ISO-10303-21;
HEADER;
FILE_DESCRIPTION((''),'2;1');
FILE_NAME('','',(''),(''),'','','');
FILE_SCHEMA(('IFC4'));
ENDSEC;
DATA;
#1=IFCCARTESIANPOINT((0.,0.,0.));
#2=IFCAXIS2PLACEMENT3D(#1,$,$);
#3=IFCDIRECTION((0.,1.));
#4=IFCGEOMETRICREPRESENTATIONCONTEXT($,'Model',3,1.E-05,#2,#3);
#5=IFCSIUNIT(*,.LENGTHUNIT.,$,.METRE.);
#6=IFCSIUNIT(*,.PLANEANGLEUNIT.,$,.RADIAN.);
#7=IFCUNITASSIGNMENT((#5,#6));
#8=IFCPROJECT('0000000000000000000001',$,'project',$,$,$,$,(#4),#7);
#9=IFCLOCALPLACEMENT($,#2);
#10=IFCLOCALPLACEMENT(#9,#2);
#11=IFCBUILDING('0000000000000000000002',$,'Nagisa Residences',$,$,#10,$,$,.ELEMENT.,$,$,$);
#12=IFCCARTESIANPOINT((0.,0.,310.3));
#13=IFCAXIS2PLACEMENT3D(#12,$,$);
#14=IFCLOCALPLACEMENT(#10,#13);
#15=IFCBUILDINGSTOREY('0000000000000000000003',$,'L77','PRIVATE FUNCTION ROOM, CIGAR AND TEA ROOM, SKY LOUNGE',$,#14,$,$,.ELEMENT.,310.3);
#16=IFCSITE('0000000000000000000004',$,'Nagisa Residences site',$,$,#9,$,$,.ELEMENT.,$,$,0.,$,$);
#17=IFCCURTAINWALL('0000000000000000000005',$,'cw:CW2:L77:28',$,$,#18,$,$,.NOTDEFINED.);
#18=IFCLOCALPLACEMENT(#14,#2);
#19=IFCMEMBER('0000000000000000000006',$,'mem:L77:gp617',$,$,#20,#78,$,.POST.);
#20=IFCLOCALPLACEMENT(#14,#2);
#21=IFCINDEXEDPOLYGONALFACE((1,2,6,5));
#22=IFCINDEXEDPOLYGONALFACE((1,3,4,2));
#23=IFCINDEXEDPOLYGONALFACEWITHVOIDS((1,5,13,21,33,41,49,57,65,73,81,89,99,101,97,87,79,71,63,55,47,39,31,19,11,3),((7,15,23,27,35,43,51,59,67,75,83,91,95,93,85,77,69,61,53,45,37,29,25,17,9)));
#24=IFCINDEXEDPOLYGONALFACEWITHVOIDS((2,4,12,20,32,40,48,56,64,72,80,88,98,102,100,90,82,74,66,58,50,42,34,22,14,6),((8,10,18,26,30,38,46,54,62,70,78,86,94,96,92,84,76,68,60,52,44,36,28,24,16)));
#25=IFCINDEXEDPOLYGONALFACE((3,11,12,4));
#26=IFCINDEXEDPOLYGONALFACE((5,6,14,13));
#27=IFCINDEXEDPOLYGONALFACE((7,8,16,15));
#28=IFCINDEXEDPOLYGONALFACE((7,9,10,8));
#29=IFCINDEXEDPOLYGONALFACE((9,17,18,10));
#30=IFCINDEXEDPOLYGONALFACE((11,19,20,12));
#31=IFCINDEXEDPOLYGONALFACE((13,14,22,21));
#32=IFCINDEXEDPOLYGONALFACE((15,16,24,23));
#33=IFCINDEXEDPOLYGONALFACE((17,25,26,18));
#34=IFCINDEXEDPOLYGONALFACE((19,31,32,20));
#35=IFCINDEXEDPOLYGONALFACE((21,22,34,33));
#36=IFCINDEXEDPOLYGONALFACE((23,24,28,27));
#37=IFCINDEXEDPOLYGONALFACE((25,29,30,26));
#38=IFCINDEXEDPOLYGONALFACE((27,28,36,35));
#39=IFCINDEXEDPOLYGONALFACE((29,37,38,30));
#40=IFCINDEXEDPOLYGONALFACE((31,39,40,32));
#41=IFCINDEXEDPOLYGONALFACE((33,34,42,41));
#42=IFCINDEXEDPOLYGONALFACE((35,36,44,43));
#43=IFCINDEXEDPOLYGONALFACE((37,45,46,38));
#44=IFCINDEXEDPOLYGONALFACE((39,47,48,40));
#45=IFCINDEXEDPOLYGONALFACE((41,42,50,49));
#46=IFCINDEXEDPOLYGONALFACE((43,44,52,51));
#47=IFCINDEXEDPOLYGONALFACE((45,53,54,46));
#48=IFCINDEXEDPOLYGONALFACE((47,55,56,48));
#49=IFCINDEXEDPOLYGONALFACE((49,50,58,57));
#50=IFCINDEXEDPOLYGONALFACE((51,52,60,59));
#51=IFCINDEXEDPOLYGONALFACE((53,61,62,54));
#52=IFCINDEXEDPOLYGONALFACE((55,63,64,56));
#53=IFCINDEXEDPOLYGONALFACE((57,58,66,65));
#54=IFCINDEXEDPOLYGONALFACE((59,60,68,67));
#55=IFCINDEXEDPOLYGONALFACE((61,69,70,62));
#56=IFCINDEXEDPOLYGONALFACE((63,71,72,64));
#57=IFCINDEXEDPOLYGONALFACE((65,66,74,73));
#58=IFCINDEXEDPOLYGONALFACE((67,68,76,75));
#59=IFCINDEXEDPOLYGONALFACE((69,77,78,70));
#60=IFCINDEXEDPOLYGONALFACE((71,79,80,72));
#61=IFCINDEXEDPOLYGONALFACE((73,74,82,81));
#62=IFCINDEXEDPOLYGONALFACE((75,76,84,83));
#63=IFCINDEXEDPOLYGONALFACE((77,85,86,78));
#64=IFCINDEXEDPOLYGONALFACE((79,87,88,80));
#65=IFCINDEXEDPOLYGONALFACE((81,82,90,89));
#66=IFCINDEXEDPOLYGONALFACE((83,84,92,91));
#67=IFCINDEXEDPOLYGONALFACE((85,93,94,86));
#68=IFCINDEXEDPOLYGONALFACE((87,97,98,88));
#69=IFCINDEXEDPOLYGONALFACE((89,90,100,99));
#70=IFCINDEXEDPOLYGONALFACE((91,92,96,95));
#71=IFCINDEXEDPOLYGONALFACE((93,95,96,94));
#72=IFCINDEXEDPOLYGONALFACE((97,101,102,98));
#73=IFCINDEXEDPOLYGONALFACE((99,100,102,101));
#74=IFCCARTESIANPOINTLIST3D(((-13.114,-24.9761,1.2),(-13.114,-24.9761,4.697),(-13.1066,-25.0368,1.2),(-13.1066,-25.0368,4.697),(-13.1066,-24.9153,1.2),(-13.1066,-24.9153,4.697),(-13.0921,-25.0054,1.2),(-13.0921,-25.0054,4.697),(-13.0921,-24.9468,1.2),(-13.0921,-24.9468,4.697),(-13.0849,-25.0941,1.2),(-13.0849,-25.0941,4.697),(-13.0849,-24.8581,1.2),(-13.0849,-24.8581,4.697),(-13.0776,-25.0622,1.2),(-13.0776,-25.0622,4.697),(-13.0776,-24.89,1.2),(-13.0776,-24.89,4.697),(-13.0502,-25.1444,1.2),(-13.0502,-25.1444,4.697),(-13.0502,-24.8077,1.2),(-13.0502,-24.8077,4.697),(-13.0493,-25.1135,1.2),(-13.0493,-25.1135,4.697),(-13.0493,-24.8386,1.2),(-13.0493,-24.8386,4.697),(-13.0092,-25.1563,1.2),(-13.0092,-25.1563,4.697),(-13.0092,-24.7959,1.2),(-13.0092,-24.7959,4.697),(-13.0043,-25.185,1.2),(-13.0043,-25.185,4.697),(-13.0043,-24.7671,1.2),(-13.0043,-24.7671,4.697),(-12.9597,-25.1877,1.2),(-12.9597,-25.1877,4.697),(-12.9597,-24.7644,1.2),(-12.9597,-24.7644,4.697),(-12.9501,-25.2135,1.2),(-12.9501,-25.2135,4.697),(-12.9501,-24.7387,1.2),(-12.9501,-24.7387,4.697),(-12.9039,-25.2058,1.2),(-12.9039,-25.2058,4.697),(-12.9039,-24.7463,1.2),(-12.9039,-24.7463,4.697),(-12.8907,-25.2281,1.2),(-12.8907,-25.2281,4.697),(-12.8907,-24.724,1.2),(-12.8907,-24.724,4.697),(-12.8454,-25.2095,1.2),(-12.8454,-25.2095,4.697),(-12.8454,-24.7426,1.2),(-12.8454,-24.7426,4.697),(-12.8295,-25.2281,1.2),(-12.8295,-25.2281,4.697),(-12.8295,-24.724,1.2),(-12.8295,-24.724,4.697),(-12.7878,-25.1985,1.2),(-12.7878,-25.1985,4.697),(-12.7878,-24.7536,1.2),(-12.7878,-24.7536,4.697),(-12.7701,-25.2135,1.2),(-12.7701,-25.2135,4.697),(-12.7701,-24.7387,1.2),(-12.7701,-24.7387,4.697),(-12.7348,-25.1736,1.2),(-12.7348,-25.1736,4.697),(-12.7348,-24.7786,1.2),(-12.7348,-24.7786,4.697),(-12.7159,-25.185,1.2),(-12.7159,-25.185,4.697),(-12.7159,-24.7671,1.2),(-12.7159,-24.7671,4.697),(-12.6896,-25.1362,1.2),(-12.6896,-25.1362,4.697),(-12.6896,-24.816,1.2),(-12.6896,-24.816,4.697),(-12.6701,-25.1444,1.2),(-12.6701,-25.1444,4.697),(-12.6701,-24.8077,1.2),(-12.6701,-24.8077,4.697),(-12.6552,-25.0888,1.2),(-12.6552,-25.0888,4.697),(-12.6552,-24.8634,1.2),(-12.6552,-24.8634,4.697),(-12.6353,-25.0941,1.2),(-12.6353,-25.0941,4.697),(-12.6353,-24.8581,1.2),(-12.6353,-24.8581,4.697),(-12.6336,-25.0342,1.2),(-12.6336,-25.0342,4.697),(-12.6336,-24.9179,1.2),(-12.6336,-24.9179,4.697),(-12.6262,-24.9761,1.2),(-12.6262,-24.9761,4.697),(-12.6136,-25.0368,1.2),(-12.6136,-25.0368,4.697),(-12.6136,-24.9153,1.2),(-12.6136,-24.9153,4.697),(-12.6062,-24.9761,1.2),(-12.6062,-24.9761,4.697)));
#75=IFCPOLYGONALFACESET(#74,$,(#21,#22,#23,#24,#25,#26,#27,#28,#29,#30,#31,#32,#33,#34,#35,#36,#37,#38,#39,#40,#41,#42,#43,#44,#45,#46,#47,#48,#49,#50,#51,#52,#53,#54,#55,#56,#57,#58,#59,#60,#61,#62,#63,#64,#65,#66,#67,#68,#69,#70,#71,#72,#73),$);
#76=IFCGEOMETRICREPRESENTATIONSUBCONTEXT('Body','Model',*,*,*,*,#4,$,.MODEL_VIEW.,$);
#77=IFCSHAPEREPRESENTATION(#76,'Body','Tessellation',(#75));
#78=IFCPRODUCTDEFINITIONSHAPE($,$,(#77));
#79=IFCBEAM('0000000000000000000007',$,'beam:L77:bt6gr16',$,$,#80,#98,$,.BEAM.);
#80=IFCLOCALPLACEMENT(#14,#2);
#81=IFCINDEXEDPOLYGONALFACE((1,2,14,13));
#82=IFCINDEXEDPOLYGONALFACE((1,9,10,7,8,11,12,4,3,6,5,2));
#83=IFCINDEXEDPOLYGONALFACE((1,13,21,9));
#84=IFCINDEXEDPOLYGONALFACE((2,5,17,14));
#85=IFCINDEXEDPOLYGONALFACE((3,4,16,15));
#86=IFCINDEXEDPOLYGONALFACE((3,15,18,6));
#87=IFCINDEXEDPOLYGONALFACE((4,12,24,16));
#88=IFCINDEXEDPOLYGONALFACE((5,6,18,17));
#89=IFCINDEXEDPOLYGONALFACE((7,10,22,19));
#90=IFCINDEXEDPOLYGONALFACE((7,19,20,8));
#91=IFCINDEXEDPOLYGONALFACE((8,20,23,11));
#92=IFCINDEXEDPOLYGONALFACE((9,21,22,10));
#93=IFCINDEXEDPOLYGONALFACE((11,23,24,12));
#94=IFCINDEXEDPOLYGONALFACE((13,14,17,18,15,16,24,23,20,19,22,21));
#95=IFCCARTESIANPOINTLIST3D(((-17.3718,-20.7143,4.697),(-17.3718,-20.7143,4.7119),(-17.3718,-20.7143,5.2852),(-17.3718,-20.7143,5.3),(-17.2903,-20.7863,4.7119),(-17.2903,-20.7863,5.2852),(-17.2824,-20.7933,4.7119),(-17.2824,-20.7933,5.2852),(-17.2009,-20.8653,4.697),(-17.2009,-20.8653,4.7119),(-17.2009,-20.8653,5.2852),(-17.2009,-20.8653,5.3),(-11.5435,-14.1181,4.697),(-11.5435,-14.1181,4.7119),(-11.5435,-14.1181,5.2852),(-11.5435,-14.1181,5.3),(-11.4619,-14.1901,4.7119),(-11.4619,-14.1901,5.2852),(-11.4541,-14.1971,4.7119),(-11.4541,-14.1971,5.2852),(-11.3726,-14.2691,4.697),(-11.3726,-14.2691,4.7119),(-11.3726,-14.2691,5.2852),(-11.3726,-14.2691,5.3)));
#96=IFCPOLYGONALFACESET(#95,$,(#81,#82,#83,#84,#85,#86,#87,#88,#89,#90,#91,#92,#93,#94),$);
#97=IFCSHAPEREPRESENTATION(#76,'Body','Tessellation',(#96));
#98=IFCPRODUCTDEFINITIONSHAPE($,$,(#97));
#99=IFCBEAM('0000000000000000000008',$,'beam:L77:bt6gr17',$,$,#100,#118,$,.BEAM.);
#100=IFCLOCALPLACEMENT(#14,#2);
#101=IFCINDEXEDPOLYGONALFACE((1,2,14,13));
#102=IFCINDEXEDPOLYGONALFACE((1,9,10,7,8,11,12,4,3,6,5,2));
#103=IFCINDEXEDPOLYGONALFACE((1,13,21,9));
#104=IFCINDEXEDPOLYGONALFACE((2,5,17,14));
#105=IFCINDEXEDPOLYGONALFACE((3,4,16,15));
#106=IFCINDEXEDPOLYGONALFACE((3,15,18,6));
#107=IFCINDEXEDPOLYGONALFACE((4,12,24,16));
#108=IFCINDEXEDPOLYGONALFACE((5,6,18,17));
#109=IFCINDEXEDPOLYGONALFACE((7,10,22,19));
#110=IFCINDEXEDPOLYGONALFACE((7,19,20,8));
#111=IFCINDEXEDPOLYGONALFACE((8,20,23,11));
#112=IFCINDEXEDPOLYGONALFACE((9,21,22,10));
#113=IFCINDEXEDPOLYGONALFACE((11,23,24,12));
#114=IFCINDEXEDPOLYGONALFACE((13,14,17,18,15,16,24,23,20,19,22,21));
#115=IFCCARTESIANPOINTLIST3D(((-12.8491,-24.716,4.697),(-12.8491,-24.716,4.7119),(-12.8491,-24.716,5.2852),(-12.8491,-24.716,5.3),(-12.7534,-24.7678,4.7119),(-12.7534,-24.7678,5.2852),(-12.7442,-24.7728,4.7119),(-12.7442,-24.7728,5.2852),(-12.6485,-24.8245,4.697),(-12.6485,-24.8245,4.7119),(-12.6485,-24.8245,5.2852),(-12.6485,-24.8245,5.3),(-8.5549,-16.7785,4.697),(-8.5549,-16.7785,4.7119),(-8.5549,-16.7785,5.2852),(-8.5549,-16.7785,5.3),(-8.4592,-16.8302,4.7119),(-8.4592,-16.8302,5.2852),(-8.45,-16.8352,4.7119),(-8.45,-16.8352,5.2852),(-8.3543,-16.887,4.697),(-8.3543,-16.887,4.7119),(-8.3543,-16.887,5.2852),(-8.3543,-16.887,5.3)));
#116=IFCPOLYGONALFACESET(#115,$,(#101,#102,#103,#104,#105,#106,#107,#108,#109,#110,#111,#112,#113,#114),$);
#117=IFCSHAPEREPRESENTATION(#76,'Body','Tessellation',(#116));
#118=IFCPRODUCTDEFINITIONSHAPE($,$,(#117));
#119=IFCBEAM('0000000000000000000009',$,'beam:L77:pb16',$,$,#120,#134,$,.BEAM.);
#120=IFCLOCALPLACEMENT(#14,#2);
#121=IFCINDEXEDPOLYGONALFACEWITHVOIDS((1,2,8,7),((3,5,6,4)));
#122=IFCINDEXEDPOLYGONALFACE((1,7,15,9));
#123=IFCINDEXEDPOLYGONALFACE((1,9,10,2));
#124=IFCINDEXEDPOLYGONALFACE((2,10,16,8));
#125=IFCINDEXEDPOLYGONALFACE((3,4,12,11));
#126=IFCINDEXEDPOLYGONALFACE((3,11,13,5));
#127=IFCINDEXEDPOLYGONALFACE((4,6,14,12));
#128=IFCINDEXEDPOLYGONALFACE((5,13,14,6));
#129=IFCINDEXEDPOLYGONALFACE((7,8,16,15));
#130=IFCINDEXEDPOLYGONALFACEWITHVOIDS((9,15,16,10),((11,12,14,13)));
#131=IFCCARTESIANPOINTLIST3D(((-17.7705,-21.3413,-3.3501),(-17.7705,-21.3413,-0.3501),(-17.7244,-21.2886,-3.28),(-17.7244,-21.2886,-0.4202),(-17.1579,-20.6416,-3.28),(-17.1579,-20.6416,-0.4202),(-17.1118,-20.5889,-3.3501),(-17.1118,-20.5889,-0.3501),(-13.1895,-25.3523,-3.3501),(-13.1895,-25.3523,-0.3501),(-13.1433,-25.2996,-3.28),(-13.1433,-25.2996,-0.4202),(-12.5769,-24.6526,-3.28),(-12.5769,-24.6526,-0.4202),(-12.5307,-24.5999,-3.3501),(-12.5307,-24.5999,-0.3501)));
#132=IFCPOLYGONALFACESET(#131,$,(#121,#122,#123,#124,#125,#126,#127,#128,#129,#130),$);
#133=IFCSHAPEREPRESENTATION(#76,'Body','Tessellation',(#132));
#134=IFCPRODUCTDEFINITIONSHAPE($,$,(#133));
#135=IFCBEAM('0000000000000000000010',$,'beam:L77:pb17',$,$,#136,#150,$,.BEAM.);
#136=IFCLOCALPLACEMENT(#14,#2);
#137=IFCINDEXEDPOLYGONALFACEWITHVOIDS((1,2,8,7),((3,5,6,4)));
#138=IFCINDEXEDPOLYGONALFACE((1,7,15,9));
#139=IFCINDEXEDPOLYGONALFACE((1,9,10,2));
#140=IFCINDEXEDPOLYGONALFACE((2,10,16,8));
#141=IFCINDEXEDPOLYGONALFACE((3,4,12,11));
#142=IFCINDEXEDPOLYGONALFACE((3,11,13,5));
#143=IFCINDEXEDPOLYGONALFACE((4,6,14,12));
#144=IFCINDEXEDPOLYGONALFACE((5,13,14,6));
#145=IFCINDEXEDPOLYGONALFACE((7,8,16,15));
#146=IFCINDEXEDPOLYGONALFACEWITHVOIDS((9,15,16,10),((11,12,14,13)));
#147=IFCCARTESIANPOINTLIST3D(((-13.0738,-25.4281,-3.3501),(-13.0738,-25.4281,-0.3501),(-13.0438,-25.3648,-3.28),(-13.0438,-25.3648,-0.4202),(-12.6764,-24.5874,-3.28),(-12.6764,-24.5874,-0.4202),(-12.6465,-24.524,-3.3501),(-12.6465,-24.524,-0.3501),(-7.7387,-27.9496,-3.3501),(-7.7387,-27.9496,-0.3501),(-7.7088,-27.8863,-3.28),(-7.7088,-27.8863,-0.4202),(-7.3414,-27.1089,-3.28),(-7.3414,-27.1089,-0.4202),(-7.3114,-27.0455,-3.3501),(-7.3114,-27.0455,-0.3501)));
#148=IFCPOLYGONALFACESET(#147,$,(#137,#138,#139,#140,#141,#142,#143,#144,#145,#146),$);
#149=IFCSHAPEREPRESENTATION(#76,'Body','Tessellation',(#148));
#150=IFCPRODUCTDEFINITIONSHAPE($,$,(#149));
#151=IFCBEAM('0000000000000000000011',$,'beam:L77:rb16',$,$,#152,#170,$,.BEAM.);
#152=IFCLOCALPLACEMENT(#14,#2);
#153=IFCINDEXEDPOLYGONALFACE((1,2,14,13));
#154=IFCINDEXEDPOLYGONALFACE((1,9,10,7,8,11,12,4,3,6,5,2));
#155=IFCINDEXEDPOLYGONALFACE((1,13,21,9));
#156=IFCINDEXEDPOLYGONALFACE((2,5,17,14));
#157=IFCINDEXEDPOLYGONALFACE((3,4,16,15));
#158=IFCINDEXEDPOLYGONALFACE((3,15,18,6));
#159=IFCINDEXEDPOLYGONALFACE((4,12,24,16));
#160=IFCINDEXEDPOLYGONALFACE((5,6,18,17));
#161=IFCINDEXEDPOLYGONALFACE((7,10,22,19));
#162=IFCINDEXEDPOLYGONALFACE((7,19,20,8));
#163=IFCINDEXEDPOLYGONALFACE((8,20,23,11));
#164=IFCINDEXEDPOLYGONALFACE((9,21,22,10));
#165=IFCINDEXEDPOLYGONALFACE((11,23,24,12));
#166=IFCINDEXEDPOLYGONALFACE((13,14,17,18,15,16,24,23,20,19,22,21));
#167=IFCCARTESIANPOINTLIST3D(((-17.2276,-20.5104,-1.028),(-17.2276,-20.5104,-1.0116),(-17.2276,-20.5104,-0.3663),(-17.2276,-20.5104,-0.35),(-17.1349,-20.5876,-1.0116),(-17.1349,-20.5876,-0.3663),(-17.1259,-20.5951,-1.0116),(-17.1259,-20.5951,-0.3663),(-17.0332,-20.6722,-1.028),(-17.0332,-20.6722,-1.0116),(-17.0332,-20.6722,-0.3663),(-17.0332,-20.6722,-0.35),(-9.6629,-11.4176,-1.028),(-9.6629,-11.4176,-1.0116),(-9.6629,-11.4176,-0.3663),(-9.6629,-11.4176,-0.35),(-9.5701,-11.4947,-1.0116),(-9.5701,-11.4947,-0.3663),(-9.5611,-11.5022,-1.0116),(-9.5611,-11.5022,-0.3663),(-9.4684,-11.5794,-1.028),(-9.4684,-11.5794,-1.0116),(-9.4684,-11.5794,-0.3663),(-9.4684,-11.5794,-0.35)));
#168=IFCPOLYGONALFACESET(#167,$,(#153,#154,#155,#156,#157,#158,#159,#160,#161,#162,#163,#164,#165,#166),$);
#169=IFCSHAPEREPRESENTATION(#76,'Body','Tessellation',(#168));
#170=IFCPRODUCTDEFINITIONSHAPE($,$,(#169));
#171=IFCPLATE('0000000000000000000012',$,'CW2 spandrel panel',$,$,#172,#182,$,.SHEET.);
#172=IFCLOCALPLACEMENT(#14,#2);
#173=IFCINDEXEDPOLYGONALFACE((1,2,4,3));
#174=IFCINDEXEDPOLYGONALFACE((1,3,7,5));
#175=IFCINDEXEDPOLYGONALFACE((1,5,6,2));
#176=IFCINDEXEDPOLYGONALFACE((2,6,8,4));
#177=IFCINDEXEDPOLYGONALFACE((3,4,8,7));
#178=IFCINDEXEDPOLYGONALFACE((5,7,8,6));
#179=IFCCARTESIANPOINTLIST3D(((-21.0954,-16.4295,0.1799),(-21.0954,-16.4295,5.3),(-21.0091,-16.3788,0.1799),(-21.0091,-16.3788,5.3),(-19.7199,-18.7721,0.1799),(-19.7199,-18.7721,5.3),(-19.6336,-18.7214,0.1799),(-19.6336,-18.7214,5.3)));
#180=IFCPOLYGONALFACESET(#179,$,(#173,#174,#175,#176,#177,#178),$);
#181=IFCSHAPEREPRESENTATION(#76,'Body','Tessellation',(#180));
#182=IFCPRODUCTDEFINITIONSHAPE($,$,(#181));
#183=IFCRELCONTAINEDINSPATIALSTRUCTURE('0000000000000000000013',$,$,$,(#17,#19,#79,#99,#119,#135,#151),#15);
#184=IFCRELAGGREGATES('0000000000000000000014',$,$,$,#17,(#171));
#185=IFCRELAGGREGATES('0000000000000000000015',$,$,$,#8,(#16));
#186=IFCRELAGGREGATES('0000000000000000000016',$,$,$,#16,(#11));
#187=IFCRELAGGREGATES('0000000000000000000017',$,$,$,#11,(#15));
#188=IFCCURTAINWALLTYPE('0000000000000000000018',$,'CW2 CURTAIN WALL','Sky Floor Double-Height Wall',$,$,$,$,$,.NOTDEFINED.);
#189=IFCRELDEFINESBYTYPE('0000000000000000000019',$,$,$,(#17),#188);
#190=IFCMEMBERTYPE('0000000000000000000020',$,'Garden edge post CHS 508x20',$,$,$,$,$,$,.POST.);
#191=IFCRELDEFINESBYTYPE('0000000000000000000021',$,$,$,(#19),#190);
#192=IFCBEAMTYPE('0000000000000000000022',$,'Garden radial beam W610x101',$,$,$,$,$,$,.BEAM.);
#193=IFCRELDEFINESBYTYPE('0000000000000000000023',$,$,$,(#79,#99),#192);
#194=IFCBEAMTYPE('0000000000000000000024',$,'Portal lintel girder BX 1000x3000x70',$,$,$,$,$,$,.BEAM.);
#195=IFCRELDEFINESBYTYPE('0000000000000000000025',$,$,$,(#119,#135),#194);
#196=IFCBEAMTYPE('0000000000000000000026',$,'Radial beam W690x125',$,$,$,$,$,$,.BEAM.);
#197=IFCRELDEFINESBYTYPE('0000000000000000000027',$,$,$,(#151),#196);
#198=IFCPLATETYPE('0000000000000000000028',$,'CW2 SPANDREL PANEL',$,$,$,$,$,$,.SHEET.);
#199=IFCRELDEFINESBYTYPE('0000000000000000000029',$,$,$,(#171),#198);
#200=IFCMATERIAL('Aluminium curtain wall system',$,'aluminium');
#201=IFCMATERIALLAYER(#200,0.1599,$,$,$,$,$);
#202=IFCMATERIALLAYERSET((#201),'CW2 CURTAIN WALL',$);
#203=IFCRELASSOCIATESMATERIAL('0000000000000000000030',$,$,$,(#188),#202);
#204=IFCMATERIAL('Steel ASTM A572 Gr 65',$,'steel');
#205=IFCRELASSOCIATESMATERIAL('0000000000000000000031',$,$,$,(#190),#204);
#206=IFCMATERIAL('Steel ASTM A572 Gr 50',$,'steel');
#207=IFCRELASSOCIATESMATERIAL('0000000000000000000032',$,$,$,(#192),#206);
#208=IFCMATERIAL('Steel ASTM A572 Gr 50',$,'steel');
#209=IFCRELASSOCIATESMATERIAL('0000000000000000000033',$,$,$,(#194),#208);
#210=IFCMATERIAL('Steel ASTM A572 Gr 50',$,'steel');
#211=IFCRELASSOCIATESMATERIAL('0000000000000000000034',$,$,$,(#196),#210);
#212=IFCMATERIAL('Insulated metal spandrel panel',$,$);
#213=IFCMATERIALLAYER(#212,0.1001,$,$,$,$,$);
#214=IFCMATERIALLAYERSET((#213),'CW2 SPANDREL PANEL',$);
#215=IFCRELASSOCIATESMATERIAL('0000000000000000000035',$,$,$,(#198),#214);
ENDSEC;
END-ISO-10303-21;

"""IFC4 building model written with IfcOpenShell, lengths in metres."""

from ifc_helpers import new_model, si_unit, direction, frame, origin, origin_2d, place, context, subcontext, project, spatial, rectangle, hollow_rectangle, hollow_circle, i_section, extrude, material, layer, layer_set, material_profile, profile_set, type_object, element, aggregate, save


model = new_model("IFC4")

# Units and contexts
model_context = context("Model", 3, precision=1e-05, world=origin(), true_north=direction((0.0, 1.0)))
body_context = subcontext(model_context, "Body", "Model", "MODEL_VIEW")
ifc_project = project(units=[si_unit("LENGTHUNIT", "METRE"), si_unit("PLANEANGLEUNIT", "RADIAN")], contexts=[model_context])

# Site, building, storey
site_placement = place(None, origin())
site = spatial("IfcSite", under=ifc_project, at=site_placement, Name="Nagisa Residences site", CompositionType="ELEMENT", RefElevation=0.0)
building_placement = place(site_placement, origin())
building = spatial("IfcBuilding", under=site, at=building_placement, Name="Nagisa Residences", CompositionType="ELEMENT")
storey_placement = place(building_placement, frame((0.0, 0.0, 310.3)))
storey = spatial("IfcBuildingStorey", under=building, at=storey_placement, Name="L77", Description="PRIVATE FUNCTION ROOM, CIGAR AND TEA ROOM, SKY LOUNGE", CompositionType="ELEMENT", Elevation=310.3)

# Curtain wall
ifc_material_1 = material(Name="Aluminium curtain wall system", Category="aluminium")
ifc_layer_1 = layer(ifc_material_1, 0.1599)
ifc_layer_set_1 = layer_set([ifc_layer_1], Name="CW2 CURTAIN WALL")
curtain_wall_type = type_object("IfcCurtainWallType", Name="CW2 CURTAIN WALL", Description="Sky Floor Double-Height Wall", PredefinedType="NOTDEFINED", material=ifc_layer_set_1)
curtain_wall_1_placement = place(storey_placement, origin())
curtain_wall_1 = element("IfcCurtainWall", 1, at=curtain_wall_1_placement, inside=storey, type_object=curtain_wall_type, Name="cw:CW2:L77:28", PredefinedType="NOTDEFINED")

# Member
ifc_material_2 = material(Name="Steel ASTM A572 Gr 65", Category="steel")
ifc_material_profile_1 = material_profile(ifc_material_2, hollow_circle(Radius=0.2539, WallThickness=0.02, at=origin_2d()), Name="CHS 508x20")
ifc_profile_set_1 = profile_set([ifc_material_profile_1], Name="Steel ASTM A572 Gr 65")
member_type_1 = type_object("IfcMemberType", Name="Garden edge post CHS 508x20", PredefinedType="POST", material=ifc_profile_set_1)
for number, where, z_axis, x_axis, name in (
    (2, (-12.8601, -24.9761, 1.2), (0.0, 0.0, 1.0), (1.0, 0.0, 0.0), "mem:L77:gp617"),
):
    element("IfcMember", number, at=place(storey_placement, frame(where, z_axis=z_axis, x_axis=x_axis)), inside=storey, type_object=member_type_1, Name=name, PredefinedType="POST", context=body_context, shape_type="SweptSolid", body=[
        extrude(hollow_circle(Radius=0.2539, WallThickness=0.02, at=origin_2d()), origin(), (0.0, 0.0, 1.0), 3.4971),
    ])

# Beams
ifc_material_3 = material(Name="Steel ASTM A572 Gr 50", Category="steel")
ifc_material_profile_2 = material_profile(ifc_material_3, i_section(OverallWidth=0.228, OverallDepth=0.603, WebThickness=0.0105, FlangeThickness=0.0149, at=origin_2d()), Name="W610x101")
ifc_profile_set_2 = profile_set([ifc_material_profile_2], Name="Steel ASTM A572 Gr 50")
beam_type_1 = type_object("IfcBeamType", Name="Garden radial beam W610x101", PredefinedType="BEAM", material=ifc_profile_set_2)
beam_1_placement = place(storey_placement, frame((-17.2864, -20.7898, 4.9985), z_axis=(0.662145, 0.749375, 0.0), x_axis=(-0.749375, 0.662145, 0.0)))
element("IfcBeam", 3, at=beam_1_placement, inside=storey, type_object=beam_type_1, Name="beam:L77:bt6gr16", PredefinedType="BEAM", context=body_context, shape_type="SweptSolid", body=[
    extrude(i_section(OverallWidth=0.228, OverallDepth=0.603, WebThickness=0.0105, FlangeThickness=0.0149, at=origin_2d()), origin(), (0.0, 0.0, 1.0), 8.8022),
])
beam_2_placement = place(storey_placement, frame((-12.7488, -24.7703, 4.9985), z_axis=(0.47583, 0.879537, 0.0), x_axis=(-0.879537, 0.47583, 0.0)))
element("IfcBeam", 4, at=beam_2_placement, inside=storey, type_object=beam_type_1, Name="beam:L77:bt6gr17", PredefinedType="BEAM", context=body_context, shape_type="SweptSolid", body=[
    extrude(i_section(OverallWidth=0.228, OverallDepth=0.603, WebThickness=0.0105, FlangeThickness=0.0149, at=origin_2d()), origin(), (0.0, 0.0, 1.0), 9.0247),
])
ifc_material_4 = material(Name="Steel ASTM A572 Gr 50", Category="steel")
ifc_material_profile_3 = material_profile(ifc_material_4, hollow_rectangle(XDim=1.0, YDim=3.0, WallThickness=0.0701, at=origin_2d()), Name="BX 1000x3000x70")
ifc_profile_set_3 = profile_set([ifc_material_profile_3], Name="Steel ASTM A572 Gr 50")
beam_type_2 = type_object("IfcBeamType", Name="Portal lintel girder BX 1000x3000x70", PredefinedType="BEAM", material=ifc_profile_set_3)
beam_3_placement = place(storey_placement, frame((-17.4412, -20.9651, -1.8501), z_axis=(0.752368, -0.658743, 0.0), x_axis=(0.658743, 0.752368, 0.0)))
element("IfcBeam", 5, at=beam_3_placement, inside=storey, type_object=beam_type_2, Name="beam:L77:pb16", PredefinedType="BEAM", context=body_context, shape_type="SweptSolid", body=[
    extrude(hollow_rectangle(XDim=1.0, YDim=3.0, WallThickness=0.0701, at=origin_2d()), origin(), (0.0, 0.0, 1.0), 6.0889),
])
beam_4_placement = place(storey_placement, frame((-12.8601, -24.9761, -1.8501), z_axis=(0.904105, -0.427311, 0.0), x_axis=(0.427311, 0.904105, 0.0)))
element("IfcBeam", 6, at=beam_4_placement, inside=storey, type_object=beam_type_2, Name="beam:L77:pb17", PredefinedType="BEAM", context=body_context, shape_type="SweptSolid", body=[
    extrude(hollow_rectangle(XDim=1.0, YDim=3.0, WallThickness=0.0701, at=origin_2d()), origin(), (0.0, 0.0, 1.0), 5.9009),
])
ifc_material_5 = material(Name="Steel ASTM A572 Gr 50", Category="steel")
ifc_material_profile_4 = material_profile(ifc_material_5, i_section(OverallWidth=0.2529, OverallDepth=0.678, WebThickness=0.0117, FlangeThickness=0.0164, at=origin_2d()), Name="W690x125")
ifc_profile_set_4 = profile_set([ifc_material_profile_4], Name="Steel ASTM A572 Gr 50")
beam_type_3 = type_object("IfcBeamType", Name="Radial beam W690x125", PredefinedType="BEAM", material=ifc_profile_set_4)
beam_5_placement = place(storey_placement, frame((-17.1304, -20.5913, -0.689), z_axis=(0.639555, 0.768746, 0.0), x_axis=(-0.768746, 0.639555, 0.0)))
element("IfcBeam", 7, at=beam_5_placement, inside=storey, type_object=beam_type_3, Name="beam:L77:rb16", PredefinedType="BEAM", context=body_context, shape_type="SweptSolid", body=[
    extrude(i_section(OverallWidth=0.2529, OverallDepth=0.678, WebThickness=0.0117, FlangeThickness=0.0164, at=origin_2d()), origin(), (0.0, 0.0, 1.0), 11.8281),
])

# Plate
ifc_material_6 = material(Name="Insulated metal spandrel panel")
ifc_layer_2 = layer(ifc_material_6, 0.1001)
ifc_layer_set_2 = layer_set([ifc_layer_2], Name="CW2 SPANDREL PANEL")
plate_type = type_object("IfcPlateType", Name="CW2 SPANDREL PANEL", PredefinedType="SHEET", material=ifc_layer_set_2)
plate_1_placement = place(storey_placement, frame((-20.3645, -17.5754, 0.1799), z_axis=(0.0, 0.0, 1.0), x_axis=(0.506349, -0.862329, 0.0)))
plate_1 = element("IfcPlate", 8, at=plate_1_placement, type_object=plate_type, Name="CW2 spandrel panel", PredefinedType="SHEET", context=body_context, shape_type="SweptSolid", body=[
    extrude(rectangle(XDim=2.7166, YDim=0.1001, at=origin_2d()), origin(), (0.0, 0.0, 1.0), 5.1201),
])
aggregate(curtain_wall_1, [plate_1])

save(model, "model.ifc")
